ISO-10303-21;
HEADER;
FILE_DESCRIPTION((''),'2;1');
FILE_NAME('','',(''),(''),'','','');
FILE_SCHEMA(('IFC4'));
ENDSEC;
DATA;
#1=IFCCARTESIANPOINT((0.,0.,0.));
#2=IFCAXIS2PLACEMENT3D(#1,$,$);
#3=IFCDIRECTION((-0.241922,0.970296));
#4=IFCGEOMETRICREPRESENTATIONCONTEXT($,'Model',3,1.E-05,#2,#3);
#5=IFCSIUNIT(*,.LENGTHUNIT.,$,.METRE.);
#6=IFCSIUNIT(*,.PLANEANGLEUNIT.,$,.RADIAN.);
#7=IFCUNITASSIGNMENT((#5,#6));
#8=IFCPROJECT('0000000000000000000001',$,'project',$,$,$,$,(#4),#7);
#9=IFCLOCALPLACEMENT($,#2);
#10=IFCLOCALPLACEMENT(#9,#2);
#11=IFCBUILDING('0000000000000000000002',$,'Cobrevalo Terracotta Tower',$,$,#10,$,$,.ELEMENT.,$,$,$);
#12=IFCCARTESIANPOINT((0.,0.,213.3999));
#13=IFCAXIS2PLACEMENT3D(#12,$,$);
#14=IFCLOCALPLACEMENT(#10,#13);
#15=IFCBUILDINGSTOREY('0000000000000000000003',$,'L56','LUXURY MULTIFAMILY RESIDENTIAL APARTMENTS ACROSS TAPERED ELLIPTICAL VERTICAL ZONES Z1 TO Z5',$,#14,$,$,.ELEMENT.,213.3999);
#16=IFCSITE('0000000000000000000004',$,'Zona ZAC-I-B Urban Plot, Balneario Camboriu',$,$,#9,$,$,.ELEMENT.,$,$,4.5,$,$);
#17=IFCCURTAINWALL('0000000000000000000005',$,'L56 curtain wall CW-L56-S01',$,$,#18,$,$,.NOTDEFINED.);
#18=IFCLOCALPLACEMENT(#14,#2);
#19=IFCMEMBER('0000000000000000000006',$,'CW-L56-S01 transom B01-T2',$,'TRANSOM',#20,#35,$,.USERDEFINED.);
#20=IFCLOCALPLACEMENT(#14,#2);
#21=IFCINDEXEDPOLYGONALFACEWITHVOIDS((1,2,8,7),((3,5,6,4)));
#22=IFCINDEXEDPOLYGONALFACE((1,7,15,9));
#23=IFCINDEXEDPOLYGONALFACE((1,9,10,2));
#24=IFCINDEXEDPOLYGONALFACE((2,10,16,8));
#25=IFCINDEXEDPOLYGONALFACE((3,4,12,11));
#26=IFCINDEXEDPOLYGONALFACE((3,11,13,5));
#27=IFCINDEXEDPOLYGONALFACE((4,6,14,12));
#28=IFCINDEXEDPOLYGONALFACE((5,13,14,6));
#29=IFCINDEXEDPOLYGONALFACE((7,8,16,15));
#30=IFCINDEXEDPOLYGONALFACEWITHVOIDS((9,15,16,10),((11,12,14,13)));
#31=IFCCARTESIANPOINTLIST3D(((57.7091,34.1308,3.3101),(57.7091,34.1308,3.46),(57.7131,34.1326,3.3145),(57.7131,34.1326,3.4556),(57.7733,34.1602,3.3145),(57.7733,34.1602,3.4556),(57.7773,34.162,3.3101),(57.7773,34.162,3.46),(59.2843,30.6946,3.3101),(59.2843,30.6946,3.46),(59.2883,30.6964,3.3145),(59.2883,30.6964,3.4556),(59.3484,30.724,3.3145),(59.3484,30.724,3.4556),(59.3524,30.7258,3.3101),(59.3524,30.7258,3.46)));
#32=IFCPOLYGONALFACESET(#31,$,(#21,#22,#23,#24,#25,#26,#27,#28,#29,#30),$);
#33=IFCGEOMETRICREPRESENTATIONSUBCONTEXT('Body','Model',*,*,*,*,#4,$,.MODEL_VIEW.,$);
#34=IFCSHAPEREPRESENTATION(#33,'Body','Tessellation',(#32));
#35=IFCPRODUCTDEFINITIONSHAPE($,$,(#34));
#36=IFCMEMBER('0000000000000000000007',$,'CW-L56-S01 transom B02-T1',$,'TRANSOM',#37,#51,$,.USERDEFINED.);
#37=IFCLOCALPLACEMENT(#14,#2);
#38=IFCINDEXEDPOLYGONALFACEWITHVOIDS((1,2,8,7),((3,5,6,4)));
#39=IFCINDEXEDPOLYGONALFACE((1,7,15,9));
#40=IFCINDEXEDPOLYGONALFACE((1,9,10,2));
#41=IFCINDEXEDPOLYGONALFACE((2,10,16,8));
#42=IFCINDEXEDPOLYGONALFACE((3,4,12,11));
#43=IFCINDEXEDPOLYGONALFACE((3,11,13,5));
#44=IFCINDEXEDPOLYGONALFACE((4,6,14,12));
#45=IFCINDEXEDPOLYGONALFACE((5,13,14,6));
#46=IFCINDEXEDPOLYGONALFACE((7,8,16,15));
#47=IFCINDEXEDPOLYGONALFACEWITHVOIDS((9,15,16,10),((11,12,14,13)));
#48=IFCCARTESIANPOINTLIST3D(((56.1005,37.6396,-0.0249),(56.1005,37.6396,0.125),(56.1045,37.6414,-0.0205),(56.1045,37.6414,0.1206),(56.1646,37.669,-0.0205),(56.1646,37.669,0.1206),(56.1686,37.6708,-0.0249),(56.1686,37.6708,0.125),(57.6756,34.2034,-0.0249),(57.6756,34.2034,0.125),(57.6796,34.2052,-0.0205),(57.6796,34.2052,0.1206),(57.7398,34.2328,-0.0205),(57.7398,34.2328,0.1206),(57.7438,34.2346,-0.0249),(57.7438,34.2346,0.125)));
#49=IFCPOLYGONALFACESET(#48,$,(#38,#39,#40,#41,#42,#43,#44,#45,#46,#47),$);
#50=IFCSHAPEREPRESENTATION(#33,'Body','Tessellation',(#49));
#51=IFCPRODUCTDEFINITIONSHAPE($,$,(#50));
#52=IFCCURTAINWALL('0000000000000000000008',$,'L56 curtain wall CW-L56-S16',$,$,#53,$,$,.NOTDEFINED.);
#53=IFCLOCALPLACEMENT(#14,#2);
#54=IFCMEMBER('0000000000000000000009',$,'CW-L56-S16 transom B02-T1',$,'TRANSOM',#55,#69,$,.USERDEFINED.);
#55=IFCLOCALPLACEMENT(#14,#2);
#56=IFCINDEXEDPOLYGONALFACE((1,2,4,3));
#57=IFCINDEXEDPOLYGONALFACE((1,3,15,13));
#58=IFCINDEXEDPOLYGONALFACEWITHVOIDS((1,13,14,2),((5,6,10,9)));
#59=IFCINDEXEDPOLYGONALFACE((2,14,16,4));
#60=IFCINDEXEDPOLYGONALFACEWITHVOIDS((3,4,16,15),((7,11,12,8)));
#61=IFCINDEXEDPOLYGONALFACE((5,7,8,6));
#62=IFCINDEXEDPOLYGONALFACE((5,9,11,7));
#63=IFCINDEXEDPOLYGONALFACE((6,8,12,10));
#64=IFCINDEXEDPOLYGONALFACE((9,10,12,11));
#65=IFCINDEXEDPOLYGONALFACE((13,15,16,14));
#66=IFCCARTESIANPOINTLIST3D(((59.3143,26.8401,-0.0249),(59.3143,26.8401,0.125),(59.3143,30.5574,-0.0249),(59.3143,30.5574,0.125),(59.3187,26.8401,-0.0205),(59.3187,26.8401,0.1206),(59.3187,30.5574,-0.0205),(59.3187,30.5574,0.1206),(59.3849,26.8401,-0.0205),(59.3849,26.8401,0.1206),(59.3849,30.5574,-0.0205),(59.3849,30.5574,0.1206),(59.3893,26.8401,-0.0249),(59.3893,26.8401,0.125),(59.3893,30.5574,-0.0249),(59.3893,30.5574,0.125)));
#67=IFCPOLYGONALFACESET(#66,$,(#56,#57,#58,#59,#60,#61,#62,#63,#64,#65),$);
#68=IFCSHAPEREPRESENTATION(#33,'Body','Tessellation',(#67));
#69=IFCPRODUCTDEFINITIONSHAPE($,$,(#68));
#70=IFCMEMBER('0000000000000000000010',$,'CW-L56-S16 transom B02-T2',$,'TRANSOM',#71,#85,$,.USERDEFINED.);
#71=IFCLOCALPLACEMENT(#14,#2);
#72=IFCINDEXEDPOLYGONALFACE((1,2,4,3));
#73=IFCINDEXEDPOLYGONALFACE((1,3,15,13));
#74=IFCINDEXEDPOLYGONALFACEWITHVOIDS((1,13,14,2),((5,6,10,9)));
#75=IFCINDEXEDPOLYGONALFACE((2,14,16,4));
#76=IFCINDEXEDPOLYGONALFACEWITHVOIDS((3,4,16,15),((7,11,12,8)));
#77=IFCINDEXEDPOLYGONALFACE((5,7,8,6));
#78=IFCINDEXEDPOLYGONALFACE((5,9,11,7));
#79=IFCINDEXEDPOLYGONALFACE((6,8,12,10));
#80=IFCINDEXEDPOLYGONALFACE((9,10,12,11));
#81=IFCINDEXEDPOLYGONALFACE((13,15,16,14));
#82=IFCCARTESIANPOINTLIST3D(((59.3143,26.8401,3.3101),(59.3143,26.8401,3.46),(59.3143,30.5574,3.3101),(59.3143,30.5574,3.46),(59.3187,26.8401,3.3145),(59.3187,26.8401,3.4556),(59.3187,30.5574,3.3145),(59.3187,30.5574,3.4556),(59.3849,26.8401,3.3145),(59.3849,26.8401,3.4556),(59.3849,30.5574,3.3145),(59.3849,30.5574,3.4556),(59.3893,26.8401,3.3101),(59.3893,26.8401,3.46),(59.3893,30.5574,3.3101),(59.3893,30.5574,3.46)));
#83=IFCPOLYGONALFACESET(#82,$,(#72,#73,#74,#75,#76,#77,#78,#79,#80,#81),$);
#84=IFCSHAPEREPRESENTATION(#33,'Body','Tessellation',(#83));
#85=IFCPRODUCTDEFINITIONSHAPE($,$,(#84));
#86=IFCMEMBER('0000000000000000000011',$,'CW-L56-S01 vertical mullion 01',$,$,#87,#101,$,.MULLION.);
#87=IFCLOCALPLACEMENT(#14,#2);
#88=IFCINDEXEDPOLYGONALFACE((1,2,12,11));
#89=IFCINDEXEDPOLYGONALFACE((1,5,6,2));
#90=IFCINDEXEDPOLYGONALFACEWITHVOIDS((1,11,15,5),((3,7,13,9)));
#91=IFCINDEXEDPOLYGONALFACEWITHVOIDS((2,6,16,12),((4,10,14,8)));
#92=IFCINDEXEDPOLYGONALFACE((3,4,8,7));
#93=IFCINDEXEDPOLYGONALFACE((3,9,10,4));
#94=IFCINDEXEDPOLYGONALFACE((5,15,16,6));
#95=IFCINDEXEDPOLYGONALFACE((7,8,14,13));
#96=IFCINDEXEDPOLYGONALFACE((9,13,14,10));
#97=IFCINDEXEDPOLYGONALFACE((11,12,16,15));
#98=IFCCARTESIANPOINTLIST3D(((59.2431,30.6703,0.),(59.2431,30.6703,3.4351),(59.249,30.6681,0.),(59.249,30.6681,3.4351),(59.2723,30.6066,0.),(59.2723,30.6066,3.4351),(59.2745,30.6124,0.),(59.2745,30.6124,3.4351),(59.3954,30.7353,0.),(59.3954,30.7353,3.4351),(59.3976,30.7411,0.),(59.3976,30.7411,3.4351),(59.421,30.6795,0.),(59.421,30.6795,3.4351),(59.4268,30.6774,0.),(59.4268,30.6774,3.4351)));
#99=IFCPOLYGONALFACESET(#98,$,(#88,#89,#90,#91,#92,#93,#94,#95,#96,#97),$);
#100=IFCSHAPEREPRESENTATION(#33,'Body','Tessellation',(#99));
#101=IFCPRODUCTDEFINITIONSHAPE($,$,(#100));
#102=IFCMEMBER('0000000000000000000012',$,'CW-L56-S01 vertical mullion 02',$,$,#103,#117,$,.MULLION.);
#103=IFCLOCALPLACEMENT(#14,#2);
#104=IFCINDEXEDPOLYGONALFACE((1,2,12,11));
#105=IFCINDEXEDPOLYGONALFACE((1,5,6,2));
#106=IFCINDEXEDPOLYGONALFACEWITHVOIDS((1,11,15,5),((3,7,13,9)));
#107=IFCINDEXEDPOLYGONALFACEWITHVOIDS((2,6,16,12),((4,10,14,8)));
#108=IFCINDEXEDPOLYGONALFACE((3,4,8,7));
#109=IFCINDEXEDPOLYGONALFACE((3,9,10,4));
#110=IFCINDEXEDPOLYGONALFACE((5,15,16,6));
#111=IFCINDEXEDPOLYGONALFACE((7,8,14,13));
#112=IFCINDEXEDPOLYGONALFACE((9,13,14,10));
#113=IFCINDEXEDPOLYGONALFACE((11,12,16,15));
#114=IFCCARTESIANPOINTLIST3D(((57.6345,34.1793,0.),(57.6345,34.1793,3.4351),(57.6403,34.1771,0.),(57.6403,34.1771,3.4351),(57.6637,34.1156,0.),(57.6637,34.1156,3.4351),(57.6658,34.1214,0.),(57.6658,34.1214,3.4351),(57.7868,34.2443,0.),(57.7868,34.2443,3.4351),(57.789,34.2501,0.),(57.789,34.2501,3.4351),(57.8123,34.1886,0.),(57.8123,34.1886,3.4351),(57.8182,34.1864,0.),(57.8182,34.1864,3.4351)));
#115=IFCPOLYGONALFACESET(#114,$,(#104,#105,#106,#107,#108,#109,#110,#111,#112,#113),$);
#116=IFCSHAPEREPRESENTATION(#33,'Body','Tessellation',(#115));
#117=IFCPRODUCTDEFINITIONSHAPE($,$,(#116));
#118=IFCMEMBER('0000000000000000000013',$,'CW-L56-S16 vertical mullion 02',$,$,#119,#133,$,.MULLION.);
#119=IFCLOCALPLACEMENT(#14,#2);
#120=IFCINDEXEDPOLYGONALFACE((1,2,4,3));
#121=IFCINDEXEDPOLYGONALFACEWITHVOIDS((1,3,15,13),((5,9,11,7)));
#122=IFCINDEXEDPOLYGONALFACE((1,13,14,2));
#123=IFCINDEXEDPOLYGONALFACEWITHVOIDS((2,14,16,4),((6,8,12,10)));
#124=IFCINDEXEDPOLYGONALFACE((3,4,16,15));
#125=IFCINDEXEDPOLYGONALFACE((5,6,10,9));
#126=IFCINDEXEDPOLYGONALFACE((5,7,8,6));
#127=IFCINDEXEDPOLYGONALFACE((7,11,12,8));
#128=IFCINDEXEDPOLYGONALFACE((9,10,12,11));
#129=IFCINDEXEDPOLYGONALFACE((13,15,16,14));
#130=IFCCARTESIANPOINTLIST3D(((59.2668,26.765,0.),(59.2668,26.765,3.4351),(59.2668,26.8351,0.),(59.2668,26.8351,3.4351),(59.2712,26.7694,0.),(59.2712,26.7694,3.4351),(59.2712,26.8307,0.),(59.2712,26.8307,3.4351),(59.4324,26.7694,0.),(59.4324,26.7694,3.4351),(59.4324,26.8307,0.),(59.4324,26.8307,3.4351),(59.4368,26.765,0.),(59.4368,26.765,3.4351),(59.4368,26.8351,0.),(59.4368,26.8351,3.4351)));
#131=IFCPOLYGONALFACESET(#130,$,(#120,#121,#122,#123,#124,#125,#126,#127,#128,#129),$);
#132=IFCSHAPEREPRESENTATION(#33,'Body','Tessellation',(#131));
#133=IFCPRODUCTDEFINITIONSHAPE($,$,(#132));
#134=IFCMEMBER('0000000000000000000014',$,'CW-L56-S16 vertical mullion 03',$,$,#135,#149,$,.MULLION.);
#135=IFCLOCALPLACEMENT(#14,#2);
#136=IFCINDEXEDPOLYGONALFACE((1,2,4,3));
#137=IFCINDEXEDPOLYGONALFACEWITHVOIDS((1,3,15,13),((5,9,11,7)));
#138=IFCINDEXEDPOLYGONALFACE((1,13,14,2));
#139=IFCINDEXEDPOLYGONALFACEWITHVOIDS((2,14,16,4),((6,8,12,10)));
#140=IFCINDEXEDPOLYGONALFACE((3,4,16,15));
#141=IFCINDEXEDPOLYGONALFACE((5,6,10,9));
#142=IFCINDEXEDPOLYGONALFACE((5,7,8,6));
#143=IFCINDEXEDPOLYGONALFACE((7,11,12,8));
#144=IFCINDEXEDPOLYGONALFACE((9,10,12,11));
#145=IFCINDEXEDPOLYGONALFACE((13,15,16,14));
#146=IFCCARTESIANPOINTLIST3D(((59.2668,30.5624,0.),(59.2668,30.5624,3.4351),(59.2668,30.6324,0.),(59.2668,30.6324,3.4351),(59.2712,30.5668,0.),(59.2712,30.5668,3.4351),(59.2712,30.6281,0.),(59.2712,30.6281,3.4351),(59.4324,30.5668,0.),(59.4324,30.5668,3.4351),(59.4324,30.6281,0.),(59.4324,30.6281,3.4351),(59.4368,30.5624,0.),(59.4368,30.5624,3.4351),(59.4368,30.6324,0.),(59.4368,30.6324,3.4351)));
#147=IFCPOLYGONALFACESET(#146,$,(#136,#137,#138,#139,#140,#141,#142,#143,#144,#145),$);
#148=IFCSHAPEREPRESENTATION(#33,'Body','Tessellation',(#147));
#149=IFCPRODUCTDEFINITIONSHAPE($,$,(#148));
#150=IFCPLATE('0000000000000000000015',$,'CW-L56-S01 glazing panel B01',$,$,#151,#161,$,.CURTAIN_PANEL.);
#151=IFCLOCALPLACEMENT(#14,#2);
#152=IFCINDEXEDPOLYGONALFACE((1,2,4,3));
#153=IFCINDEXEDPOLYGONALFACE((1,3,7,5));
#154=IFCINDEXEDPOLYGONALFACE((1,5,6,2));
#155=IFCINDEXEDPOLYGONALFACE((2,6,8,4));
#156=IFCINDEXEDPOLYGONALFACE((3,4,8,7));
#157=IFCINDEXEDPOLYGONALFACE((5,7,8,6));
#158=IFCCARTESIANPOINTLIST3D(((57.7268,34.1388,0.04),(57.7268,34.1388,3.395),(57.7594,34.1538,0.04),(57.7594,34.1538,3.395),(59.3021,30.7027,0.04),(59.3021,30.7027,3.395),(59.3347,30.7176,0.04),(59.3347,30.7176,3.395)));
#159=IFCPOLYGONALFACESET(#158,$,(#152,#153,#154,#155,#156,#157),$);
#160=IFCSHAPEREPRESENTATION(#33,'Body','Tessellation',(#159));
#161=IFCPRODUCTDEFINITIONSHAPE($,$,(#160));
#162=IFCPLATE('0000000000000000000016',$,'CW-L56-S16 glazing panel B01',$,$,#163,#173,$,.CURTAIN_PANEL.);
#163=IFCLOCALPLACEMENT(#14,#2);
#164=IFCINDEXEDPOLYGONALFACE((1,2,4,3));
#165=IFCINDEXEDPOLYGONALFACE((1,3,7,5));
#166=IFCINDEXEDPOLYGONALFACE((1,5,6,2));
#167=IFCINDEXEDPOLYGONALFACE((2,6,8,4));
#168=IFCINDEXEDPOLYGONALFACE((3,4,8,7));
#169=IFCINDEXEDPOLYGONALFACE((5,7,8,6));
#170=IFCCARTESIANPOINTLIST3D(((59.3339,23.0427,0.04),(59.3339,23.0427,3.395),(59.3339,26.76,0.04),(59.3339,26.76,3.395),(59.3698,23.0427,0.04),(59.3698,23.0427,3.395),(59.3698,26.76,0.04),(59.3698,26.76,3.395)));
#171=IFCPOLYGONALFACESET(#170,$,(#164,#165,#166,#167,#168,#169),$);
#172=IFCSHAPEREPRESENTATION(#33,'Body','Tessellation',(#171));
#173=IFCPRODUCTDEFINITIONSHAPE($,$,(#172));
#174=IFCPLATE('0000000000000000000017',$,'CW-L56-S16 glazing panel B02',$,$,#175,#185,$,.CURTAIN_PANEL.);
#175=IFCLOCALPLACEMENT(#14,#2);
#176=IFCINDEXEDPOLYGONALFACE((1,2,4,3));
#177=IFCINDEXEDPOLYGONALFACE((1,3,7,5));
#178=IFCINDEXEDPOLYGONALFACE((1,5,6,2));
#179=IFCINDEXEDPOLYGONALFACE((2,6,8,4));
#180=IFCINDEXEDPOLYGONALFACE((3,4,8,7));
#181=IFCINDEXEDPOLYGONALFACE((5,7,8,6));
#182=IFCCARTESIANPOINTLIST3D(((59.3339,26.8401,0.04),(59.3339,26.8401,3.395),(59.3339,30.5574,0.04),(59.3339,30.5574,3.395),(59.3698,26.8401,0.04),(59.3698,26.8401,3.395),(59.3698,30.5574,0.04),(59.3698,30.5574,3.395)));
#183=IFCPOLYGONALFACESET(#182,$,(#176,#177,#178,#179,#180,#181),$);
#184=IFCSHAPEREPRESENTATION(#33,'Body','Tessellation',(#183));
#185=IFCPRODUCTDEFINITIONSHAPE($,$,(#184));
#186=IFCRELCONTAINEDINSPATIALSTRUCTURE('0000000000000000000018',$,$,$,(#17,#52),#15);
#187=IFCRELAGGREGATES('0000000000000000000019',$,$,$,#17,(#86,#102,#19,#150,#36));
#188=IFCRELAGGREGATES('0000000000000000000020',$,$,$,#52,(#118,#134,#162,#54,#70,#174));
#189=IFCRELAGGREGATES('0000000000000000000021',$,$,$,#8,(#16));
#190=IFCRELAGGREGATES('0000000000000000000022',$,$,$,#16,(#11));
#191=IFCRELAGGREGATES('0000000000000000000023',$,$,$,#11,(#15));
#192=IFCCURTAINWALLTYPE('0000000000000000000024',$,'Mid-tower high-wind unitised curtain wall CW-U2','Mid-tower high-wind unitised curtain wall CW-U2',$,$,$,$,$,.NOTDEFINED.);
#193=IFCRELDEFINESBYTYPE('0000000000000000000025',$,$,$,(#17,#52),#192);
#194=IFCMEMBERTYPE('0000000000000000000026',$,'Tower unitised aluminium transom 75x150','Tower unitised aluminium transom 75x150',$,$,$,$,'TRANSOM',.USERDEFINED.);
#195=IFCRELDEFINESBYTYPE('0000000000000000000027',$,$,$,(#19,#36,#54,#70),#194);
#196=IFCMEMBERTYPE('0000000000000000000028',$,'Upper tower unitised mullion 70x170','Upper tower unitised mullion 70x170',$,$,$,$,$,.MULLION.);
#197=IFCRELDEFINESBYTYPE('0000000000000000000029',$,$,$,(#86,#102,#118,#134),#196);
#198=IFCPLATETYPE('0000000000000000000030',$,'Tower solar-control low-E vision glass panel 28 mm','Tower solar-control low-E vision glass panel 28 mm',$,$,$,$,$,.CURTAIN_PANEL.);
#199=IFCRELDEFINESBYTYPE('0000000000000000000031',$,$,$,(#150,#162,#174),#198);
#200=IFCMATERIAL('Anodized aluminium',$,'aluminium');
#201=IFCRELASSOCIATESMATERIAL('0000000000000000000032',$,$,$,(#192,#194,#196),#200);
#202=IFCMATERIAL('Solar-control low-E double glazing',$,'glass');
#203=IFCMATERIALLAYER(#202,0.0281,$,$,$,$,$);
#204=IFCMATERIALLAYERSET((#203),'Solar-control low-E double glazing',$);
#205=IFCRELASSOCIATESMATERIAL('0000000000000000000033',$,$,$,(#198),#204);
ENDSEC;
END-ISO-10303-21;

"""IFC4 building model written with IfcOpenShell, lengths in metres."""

from ifc_helpers import new_model, si_unit, direction, frame, origin, origin_2d, place, context, subcontext, project, spatial, rectangle, hollow_rectangle, extrude, source, transform, mapped, material, layer, layer_set, material_profile, profile_set, type_object, element, aggregate, save


model = new_model("IFC4")

# Units and contexts
model_context = context("Model", 3, precision=1e-05, world=origin(), true_north=direction((-0.241922, 0.970296)))
body_context = subcontext(model_context, "Body", "Model", "MODEL_VIEW")
ifc_project = project(units=[si_unit("LENGTHUNIT", "METRE"), si_unit("PLANEANGLEUNIT", "RADIAN")], contexts=[model_context])

# Site, building, storey
site_placement = place(None, origin())
site = spatial("IfcSite", under=ifc_project, at=site_placement, Name="Zona ZAC-I-B Urban Plot, Balneario Camboriu", CompositionType="ELEMENT", RefElevation=4.5)
building_placement = place(site_placement, origin())
building = spatial("IfcBuilding", under=site, at=building_placement, Name="Cobrevalo Terracotta Tower", CompositionType="ELEMENT")
storey_placement = place(building_placement, frame((0.0, 0.0, 213.3999)))
storey = spatial("IfcBuildingStorey", under=building, at=storey_placement, Name="L56", Description="LUXURY MULTIFAMILY RESIDENTIAL APARTMENTS ACROSS TAPERED ELLIPTICAL VERTICAL ZONES Z1 TO Z5", CompositionType="ELEMENT", Elevation=213.3999)

# Curtain walls, members
ifc_material_1 = material(Name="Anodized aluminium", Category="aluminium")
curtain_wall_type = type_object("IfcCurtainWallType", Name="Mid-tower high-wind unitised curtain wall CW-U2", Description="Mid-tower high-wind unitised curtain wall CW-U2", PredefinedType="NOTDEFINED", material=ifc_material_1)
curtain_wall_1_placement = place(storey_placement, origin())
curtain_wall_1 = element("IfcCurtainWall", 1, at=curtain_wall_1_placement, inside=storey, type_object=curtain_wall_type, Name="L56 curtain wall CW-L56-S01", PredefinedType="NOTDEFINED")
ifc_material_profile_1 = material_profile(ifc_material_1, hollow_rectangle(XDim=0.075, YDim=0.1499, WallThickness=0.0044, at=origin_2d()), Name="CWT 75x150")
ifc_profile_set_1 = profile_set([ifc_material_profile_1], Name="Anodized aluminium")
member_type_1 = type_object("IfcMemberType", Name="Tower unitised aluminium transom 75x150", Description="Tower unitised aluminium transom 75x150", ElementType="TRANSOM", PredefinedType="USERDEFINED", material=ifc_profile_set_1)
shared_shape_1 = source(origin(), body_context, "Body", "SweptSolid", [
    extrude(hollow_rectangle(XDim=0.075, YDim=0.1499, WallThickness=0.0044, at=origin_2d()), origin(), (0.0, 0.0, 1.0), 3.78),
])
member_1_placement = place(storey_placement, frame((59.3184, 30.7102, 3.385), z_axis=(-0.416706, 0.909041, 0.0), x_axis=(-0.909041, -0.416706, 0.0)))
member_1 = element("IfcMember", 2, at=member_1_placement, type_object=member_type_1, Name="CW-L56-S01 transom B01-T2", ObjectType="TRANSOM", PredefinedType="USERDEFINED", context=body_context, shape_type="MappedRepresentation", body=[
    mapped(shared_shape_1, transform((0.0, 0.0, 0.0), scale=1.0)),
])
member_2_placement = place(storey_placement, frame((57.7097, 34.219, 0.05), z_axis=(-0.416706, 0.909041, 0.0), x_axis=(-0.909041, -0.416706, 0.0)))
member_2 = element("IfcMember", 3, at=member_2_placement, type_object=member_type_1, Name="CW-L56-S01 transom B02-T1", ObjectType="TRANSOM", PredefinedType="USERDEFINED", context=body_context, shape_type="MappedRepresentation", body=[
    mapped(shared_shape_1, transform((0.0, 0.0, 0.0), scale=1.0)),
])
curtain_wall_2_placement = place(storey_placement, origin())
curtain_wall_2 = element("IfcCurtainWall", 4, at=curtain_wall_2_placement, inside=storey, type_object=curtain_wall_type, Name="L56 curtain wall CW-L56-S16", PredefinedType="NOTDEFINED")
shared_shape_2 = source(origin(), body_context, "Body", "SweptSolid", [
    extrude(hollow_rectangle(XDim=0.075, YDim=0.1499, WallThickness=0.0044, at=origin_2d()), origin(), (0.0, 0.0, 1.0), 3.7173),
])
member_3_placement = place(storey_placement, frame((59.3518, 26.8401, 0.05), z_axis=(0.0, 1.0, 0.0), x_axis=(-1.0, 0.0, 0.0)))
member_3 = element("IfcMember", 5, at=member_3_placement, type_object=member_type_1, Name="CW-L56-S16 transom B02-T1", ObjectType="TRANSOM", PredefinedType="USERDEFINED", context=body_context, shape_type="MappedRepresentation", body=[
    mapped(shared_shape_2, transform((0.0, 0.0, 0.0), scale=1.0)),
])
member_4_placement = place(storey_placement, frame((59.3518, 26.8401, 3.385), z_axis=(0.0, 1.0, 0.0), x_axis=(-1.0, 0.0, 0.0)))
member_4 = element("IfcMember", 6, at=member_4_placement, type_object=member_type_1, Name="CW-L56-S16 transom B02-T2", ObjectType="TRANSOM", PredefinedType="USERDEFINED", context=body_context, shape_type="MappedRepresentation", body=[
    mapped(shared_shape_2, transform((0.0, 0.0, 0.0), scale=1.0)),
])

# Members
ifc_material_profile_2 = material_profile(ifc_material_1, hollow_rectangle(XDim=0.0701, YDim=0.1699, WallThickness=0.0044, at=origin_2d()), Name="CWM 70x170")
ifc_profile_set_2 = profile_set([ifc_material_profile_2], Name="Anodized aluminium")
member_type_2 = type_object("IfcMemberType", Name="Upper tower unitised mullion 70x170", Description="Upper tower unitised mullion 70x170", PredefinedType="MULLION", material=ifc_profile_set_2)
shared_shape_3 = source(origin(), body_context, "Body", "SweptSolid", [
    extrude(hollow_rectangle(XDim=0.0701, YDim=0.1699, WallThickness=0.0044, at=origin_2d()), origin(), (0.0, 0.0, 1.0), 3.4351),
])
member_5_placement = place(storey_placement, frame((59.335, 30.6738, 0.0), z_axis=(0.0, 0.0, 1.0), x_axis=(-0.416725, 0.909033, 0.0)))
member_5 = element("IfcMember", 7, at=member_5_placement, type_object=member_type_2, Name="CW-L56-S01 vertical mullion 01", PredefinedType="MULLION", context=body_context, shape_type="MappedRepresentation", body=[
    mapped(shared_shape_3, transform((0.0, 0.0, 0.0), scale=1.0)),
])
member_6_placement = place(storey_placement, frame((57.7263, 34.1829, 0.0), z_axis=(0.0, 0.0, 1.0), x_axis=(-0.416725, 0.909033, 0.0)))
member_6 = element("IfcMember", 8, at=member_6_placement, type_object=member_type_2, Name="CW-L56-S01 vertical mullion 02", PredefinedType="MULLION", context=body_context, shape_type="MappedRepresentation", body=[
    mapped(shared_shape_3, transform((0.0, 0.0, 0.0), scale=1.0)),
])
member_7_placement = place(storey_placement, frame((59.3518, 26.8, 0.0), z_axis=(0.0, 0.0, 1.0), x_axis=(0.0, 1.0, 0.0)))
member_7 = element("IfcMember", 9, at=member_7_placement, type_object=member_type_2, Name="CW-L56-S16 vertical mullion 02", PredefinedType="MULLION", context=body_context, shape_type="MappedRepresentation", body=[
    mapped(shared_shape_3, transform((0.0, 0.0, 0.0), scale=1.0)),
])
member_8_placement = place(storey_placement, frame((59.3518, 30.5974, 0.0), z_axis=(0.0, 0.0, 1.0), x_axis=(0.0, 1.0, 0.0)))
member_8 = element("IfcMember", 10, at=member_8_placement, type_object=member_type_2, Name="CW-L56-S16 vertical mullion 03", PredefinedType="MULLION", context=body_context, shape_type="MappedRepresentation", body=[
    mapped(shared_shape_3, transform((0.0, 0.0, 0.0), scale=1.0)),
])

# Plates
ifc_material_2 = material(Name="Solar-control low-E double glazing", Category="glass")
ifc_layer_1 = layer(ifc_material_2, 0.0281)
ifc_layer_set_1 = layer_set([ifc_layer_1], Name="Solar-control low-E double glazing")
plate_type = type_object("IfcPlateType", Name="Tower solar-control low-E vision glass panel 28 mm", Description="Tower solar-control low-E vision glass panel 28 mm", PredefinedType="CURTAIN_PANEL", material=ifc_layer_set_1)
shared_shape_4 = source(origin(), body_context, "Body", "SweptSolid", [
    extrude(rectangle(XDim=3.78, YDim=0.0359, at=origin_2d()), origin(), (0.0, 0.0, 1.0), 3.355),
])
plate_1_placement = place(storey_placement, frame((58.5308, 32.4282, 0.04), z_axis=(0.0, 0.0, 1.0), x_axis=(-0.416731, 0.90903, 0.0)))
plate_1 = element("IfcPlate", 11, at=plate_1_placement, type_object=plate_type, Name="CW-L56-S01 glazing panel B01", PredefinedType="CURTAIN_PANEL", context=body_context, shape_type="MappedRepresentation", body=[
    mapped(shared_shape_4, transform((0.0, 0.0, 0.0), scale=1.0)),
])
aggregate(curtain_wall_1, [member_5, member_6, member_1, plate_1, member_2])
shared_shape_5 = source(origin(), body_context, "Body", "SweptSolid", [
    extrude(rectangle(XDim=3.7173, YDim=0.0359, at=origin_2d()), origin(), (0.0, 0.0, 1.0), 3.355),
])
plate_2_placement = place(storey_placement, frame((59.3518, 24.9014, 0.04), z_axis=(0.0, 0.0, 1.0), x_axis=(0.0, 1.0, 0.0)))
plate_2 = element("IfcPlate", 12, at=plate_2_placement, type_object=plate_type, Name="CW-L56-S16 glazing panel B01", PredefinedType="CURTAIN_PANEL", context=body_context, shape_type="MappedRepresentation", body=[
    mapped(shared_shape_5, transform((0.0, 0.0, 0.0), scale=1.0)),
])
plate_3_placement = place(storey_placement, frame((59.3518, 28.6987, 0.04), z_axis=(0.0, 0.0, 1.0), x_axis=(0.0, 1.0, 0.0)))
plate_3 = element("IfcPlate", 13, at=plate_3_placement, type_object=plate_type, Name="CW-L56-S16 glazing panel B02", PredefinedType="CURTAIN_PANEL", context=body_context, shape_type="MappedRepresentation", body=[
    mapped(shared_shape_5, transform((0.0, 0.0, 0.0), scale=1.0)),
])
aggregate(curtain_wall_2, [member_7, member_8, plate_2, member_3, member_4, plate_3])

save(model, "model.ifc")
